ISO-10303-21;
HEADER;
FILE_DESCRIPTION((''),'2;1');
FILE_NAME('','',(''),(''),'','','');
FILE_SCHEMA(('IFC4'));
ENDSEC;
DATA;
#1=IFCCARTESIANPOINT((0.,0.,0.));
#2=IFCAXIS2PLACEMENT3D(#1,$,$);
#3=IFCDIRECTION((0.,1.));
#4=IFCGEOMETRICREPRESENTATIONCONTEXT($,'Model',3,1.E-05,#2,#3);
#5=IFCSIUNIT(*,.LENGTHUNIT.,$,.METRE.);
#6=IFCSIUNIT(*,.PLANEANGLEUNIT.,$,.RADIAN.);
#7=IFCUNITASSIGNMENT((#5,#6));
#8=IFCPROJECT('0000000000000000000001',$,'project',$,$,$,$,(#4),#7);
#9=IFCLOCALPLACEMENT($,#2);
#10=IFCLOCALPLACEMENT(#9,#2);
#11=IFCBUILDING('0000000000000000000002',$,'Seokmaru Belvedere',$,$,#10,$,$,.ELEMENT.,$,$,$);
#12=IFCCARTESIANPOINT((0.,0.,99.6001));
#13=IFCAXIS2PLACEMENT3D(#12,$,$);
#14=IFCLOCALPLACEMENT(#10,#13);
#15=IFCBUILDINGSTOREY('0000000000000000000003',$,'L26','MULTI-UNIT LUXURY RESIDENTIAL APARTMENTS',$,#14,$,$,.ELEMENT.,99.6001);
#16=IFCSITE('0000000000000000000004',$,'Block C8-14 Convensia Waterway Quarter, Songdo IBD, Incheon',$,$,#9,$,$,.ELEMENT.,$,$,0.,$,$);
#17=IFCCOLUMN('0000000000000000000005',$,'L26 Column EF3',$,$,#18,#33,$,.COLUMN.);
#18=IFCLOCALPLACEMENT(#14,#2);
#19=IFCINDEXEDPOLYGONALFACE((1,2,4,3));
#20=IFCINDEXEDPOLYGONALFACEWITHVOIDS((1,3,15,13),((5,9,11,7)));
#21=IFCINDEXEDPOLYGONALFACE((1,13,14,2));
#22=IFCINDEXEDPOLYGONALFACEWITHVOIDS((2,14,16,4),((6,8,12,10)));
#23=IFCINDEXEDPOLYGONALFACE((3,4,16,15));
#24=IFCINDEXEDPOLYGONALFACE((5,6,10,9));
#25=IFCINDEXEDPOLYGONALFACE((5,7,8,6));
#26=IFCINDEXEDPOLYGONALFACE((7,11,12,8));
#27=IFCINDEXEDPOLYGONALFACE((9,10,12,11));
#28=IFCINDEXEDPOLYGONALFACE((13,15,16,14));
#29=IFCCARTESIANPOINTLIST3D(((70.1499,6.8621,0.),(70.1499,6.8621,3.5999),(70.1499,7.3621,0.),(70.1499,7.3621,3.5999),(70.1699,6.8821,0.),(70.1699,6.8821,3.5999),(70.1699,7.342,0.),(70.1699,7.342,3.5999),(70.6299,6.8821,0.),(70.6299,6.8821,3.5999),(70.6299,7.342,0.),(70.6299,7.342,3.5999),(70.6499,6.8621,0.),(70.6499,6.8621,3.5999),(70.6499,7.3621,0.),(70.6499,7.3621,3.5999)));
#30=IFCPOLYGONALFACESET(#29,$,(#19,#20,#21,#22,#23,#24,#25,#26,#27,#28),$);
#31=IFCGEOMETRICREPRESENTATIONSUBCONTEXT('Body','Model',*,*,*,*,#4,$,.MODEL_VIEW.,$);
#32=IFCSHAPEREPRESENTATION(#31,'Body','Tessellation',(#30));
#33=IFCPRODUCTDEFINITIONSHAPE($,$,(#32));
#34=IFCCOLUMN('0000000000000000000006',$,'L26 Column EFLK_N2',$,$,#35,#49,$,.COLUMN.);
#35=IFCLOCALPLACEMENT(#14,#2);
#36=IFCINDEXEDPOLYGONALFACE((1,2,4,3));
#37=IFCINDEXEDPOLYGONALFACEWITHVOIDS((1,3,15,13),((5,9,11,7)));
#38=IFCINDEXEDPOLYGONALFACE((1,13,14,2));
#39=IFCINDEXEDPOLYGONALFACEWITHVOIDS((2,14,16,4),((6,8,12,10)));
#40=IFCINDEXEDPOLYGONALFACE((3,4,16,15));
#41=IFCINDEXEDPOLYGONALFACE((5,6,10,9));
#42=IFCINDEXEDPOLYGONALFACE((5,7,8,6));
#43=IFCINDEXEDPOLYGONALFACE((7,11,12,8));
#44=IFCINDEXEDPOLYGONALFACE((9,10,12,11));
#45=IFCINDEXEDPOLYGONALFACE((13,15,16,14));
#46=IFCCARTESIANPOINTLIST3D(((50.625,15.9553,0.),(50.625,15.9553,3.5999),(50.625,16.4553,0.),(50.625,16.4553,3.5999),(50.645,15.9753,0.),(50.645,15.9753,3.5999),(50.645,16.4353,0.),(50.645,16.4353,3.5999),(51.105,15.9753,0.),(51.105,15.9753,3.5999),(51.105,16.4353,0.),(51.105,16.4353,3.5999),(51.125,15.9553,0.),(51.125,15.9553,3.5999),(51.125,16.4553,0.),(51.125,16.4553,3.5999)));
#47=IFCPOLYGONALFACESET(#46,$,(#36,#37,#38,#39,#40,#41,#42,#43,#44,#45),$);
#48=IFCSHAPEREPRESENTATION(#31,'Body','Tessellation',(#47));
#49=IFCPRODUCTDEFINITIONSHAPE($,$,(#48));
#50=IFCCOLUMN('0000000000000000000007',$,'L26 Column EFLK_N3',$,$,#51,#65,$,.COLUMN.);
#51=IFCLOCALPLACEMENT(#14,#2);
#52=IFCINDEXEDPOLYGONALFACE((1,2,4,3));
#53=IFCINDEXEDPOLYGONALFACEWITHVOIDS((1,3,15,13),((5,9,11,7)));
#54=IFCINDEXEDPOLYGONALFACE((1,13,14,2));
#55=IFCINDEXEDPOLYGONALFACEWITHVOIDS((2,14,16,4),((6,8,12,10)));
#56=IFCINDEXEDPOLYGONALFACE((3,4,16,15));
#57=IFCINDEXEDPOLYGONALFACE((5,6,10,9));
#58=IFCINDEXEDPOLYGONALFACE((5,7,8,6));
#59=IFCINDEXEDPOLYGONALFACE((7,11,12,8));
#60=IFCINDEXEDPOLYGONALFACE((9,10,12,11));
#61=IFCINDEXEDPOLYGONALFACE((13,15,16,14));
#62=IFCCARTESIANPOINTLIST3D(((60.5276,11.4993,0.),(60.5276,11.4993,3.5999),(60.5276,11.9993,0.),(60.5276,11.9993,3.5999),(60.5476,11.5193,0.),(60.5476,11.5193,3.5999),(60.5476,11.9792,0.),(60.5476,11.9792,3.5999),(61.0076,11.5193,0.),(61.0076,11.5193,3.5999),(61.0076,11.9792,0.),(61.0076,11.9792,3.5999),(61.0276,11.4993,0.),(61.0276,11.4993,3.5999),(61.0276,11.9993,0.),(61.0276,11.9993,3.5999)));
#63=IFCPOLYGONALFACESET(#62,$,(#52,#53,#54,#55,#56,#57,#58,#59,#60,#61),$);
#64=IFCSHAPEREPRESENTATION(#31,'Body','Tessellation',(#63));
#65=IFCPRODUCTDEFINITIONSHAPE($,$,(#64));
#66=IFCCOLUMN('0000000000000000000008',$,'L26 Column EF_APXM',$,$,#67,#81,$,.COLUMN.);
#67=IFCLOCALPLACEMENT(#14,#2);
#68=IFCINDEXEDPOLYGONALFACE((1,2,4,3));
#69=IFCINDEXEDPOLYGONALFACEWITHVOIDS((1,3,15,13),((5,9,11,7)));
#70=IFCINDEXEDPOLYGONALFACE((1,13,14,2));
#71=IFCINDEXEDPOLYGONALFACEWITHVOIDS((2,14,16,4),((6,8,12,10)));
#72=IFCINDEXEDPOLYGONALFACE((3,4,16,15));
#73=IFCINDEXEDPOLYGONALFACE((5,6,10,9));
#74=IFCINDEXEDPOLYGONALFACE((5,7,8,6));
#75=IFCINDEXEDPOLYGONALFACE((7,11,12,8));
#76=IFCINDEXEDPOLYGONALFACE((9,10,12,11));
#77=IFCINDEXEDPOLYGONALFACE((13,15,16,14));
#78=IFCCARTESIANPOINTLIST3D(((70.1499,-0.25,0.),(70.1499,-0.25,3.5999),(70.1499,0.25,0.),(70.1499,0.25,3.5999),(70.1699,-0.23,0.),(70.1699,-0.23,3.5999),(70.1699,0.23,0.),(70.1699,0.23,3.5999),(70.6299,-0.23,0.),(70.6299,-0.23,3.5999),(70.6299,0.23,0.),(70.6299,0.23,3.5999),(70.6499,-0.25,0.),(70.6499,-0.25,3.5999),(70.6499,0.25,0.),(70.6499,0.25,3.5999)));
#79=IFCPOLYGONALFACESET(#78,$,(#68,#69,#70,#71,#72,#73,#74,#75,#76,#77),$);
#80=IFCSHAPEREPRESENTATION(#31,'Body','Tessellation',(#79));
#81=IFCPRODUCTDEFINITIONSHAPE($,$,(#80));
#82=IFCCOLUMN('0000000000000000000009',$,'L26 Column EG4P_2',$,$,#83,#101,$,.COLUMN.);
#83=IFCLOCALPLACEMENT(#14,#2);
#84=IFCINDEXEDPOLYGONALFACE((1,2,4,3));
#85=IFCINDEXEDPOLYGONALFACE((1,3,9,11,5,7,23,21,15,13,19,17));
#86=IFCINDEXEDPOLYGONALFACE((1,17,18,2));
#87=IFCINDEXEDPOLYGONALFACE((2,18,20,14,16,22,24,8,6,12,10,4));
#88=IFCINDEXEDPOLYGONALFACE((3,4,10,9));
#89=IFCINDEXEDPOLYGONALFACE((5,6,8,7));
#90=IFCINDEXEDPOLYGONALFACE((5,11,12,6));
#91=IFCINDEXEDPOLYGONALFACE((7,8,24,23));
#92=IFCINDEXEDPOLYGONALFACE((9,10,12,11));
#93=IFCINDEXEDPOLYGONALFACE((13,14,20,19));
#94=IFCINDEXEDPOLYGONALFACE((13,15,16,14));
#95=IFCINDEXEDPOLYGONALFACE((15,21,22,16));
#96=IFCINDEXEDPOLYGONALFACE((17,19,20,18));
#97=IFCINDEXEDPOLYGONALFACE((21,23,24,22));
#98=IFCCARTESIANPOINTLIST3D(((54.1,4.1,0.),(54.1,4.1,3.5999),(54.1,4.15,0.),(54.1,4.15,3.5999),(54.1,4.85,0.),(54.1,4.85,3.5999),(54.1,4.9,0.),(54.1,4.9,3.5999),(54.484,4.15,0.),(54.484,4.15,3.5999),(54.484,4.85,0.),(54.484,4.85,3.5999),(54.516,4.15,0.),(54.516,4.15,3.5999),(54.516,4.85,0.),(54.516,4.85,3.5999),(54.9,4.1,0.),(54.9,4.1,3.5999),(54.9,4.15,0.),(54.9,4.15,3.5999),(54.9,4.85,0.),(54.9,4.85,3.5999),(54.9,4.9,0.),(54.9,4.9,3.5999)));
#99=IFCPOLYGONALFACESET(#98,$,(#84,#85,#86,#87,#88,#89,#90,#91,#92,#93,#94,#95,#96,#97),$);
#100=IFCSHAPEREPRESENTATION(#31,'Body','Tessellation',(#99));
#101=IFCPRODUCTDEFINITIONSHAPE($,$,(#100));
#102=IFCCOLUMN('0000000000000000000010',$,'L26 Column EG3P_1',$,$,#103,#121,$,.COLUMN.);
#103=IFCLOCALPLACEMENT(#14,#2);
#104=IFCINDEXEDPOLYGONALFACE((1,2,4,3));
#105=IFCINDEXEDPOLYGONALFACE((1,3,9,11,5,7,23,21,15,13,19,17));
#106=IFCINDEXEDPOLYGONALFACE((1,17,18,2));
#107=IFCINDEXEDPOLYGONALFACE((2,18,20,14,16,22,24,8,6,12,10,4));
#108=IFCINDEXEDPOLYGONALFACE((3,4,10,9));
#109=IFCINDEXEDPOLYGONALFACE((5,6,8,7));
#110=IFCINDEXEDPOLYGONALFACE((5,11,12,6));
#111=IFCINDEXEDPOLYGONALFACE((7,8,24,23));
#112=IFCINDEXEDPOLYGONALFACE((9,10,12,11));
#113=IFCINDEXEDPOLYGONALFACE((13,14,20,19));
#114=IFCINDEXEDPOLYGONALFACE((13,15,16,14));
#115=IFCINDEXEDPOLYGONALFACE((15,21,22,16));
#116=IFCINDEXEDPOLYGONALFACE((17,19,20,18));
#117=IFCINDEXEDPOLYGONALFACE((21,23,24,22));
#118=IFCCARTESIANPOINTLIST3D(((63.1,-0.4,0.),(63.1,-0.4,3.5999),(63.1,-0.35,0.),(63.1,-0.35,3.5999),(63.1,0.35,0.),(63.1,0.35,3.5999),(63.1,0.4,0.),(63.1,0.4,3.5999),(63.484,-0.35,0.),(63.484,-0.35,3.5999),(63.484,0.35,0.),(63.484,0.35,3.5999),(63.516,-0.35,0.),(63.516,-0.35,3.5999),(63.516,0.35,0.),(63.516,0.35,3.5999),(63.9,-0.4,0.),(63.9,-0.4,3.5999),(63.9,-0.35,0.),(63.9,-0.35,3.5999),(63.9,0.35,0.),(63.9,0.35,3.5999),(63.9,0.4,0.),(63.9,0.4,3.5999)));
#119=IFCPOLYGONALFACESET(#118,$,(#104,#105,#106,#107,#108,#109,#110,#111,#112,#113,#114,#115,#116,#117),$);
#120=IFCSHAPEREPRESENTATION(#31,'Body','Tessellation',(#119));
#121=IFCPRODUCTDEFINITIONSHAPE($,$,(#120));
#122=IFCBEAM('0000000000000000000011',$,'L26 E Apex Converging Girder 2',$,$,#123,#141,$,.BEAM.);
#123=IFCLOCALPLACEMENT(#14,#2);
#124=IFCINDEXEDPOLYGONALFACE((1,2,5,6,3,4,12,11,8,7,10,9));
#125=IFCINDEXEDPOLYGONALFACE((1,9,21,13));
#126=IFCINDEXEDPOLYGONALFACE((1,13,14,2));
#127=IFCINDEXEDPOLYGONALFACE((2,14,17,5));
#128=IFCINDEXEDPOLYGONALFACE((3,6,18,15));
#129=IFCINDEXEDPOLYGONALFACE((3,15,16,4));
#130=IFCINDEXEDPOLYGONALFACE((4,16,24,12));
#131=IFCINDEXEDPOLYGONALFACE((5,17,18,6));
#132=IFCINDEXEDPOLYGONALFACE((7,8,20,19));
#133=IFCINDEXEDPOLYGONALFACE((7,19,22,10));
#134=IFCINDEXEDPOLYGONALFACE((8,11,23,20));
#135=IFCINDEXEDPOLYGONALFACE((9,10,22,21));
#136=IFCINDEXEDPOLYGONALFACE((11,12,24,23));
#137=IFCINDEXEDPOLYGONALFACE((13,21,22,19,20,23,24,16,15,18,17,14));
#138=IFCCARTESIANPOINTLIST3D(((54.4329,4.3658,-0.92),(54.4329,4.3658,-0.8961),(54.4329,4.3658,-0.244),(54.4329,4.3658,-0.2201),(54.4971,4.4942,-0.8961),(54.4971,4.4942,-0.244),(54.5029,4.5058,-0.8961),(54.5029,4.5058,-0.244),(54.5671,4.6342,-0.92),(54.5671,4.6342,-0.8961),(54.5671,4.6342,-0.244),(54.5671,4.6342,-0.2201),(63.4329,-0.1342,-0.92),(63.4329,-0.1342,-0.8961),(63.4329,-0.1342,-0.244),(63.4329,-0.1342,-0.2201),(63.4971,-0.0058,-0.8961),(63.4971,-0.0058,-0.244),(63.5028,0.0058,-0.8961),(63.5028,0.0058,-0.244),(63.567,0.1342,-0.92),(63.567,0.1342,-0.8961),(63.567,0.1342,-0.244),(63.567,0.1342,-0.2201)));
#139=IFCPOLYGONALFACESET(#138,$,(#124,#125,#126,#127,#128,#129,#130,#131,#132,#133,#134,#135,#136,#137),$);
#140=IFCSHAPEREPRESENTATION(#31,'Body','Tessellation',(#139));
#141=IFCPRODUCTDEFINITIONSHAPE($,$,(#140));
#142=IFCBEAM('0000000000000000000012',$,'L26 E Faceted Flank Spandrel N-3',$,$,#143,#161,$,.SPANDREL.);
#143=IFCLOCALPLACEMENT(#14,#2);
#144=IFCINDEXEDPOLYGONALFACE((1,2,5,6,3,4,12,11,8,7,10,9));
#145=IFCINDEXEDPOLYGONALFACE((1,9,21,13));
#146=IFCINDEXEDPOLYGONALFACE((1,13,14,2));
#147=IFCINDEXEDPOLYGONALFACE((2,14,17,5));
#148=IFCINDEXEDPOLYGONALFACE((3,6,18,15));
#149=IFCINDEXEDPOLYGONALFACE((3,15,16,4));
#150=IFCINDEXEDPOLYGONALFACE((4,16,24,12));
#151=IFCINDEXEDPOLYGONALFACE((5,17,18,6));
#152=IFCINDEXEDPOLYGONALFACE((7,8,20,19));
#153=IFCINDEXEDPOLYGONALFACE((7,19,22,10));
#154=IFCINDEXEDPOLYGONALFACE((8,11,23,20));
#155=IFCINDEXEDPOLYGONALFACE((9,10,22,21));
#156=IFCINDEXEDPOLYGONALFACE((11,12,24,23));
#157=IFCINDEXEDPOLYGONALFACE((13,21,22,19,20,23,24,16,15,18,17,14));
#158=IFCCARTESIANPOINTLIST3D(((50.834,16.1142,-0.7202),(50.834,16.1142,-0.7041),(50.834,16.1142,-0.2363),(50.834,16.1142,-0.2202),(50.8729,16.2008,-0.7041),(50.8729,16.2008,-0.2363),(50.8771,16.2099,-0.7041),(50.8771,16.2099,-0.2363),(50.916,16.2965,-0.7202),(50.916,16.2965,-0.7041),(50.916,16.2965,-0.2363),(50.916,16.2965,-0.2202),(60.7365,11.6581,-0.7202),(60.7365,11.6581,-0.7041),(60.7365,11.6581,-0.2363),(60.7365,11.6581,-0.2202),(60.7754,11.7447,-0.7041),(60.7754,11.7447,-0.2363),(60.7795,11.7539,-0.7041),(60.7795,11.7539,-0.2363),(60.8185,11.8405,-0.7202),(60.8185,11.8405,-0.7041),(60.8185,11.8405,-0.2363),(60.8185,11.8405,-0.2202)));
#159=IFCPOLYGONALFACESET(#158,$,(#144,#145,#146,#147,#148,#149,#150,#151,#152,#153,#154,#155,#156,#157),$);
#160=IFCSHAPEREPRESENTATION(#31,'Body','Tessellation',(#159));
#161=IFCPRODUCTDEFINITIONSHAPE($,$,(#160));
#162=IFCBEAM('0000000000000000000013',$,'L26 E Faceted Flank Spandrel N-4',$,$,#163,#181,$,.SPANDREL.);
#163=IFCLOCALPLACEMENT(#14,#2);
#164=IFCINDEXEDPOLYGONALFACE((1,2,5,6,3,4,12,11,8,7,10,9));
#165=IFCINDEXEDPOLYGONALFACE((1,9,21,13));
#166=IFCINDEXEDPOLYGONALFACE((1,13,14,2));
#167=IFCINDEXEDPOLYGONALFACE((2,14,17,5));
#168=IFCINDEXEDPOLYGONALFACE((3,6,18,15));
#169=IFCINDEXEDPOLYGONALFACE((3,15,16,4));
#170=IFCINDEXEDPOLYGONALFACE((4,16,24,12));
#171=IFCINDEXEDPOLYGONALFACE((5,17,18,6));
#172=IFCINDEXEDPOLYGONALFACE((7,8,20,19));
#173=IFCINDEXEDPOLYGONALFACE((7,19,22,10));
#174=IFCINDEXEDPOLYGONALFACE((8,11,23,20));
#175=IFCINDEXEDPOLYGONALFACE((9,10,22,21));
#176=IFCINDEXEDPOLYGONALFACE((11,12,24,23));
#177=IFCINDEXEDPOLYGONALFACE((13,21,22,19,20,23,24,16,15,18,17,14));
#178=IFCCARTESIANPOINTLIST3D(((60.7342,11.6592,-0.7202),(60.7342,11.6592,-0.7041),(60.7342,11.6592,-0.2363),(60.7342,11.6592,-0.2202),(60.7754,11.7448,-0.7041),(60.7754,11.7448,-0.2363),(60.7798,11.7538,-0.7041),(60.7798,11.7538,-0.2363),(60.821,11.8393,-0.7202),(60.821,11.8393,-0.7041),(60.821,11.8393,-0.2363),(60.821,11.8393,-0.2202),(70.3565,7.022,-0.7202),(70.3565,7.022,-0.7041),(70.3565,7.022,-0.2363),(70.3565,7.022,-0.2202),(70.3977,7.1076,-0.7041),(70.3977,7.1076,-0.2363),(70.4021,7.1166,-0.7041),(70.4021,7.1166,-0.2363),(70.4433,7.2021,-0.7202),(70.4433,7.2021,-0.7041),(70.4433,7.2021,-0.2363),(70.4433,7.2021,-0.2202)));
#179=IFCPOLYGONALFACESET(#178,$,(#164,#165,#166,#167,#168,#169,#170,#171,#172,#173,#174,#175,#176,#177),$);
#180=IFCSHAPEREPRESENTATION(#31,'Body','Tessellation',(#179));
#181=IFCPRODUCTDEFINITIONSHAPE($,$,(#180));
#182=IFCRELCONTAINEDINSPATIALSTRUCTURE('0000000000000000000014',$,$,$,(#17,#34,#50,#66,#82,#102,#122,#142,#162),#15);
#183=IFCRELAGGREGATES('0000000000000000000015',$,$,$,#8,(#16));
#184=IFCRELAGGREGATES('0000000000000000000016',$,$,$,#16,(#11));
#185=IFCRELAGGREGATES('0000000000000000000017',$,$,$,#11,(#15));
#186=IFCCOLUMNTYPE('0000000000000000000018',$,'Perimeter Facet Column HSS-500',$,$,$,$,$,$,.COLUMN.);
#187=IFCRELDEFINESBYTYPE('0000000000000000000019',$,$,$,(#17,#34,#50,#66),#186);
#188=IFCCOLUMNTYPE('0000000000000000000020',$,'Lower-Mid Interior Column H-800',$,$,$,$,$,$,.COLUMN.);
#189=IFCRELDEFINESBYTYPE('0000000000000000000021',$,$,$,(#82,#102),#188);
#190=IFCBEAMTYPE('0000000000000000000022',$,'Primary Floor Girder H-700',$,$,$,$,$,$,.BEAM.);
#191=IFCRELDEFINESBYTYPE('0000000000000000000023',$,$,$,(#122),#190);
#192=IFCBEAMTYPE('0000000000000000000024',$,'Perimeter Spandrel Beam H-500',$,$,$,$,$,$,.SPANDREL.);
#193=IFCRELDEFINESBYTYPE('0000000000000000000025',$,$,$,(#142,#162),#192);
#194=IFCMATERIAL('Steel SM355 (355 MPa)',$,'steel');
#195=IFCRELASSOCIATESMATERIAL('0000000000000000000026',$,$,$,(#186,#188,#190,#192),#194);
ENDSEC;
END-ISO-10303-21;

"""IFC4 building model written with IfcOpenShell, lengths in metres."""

from ifc_helpers import new_model, si_unit, direction, frame, origin, origin_2d, place, context, subcontext, project, spatial, hollow_rectangle, i_section, extrude, source, transform, mapped, material, material_profile, profile_set, type_object, type_shapes, element, save


model = new_model("IFC4")

# Units and contexts
model_context = context("Model", 3, precision=1e-05, world=origin(), true_north=direction((0.0, 1.0)))
body_context = subcontext(model_context, "Body", "Model", "MODEL_VIEW")
ifc_project = project(units=[si_unit("LENGTHUNIT", "METRE"), si_unit("PLANEANGLEUNIT", "RADIAN")], contexts=[model_context])

# Site, building, storey
site_placement = place(None, origin())
site = spatial("IfcSite", under=ifc_project, at=site_placement, Name="Block C8-14 Convensia Waterway Quarter, Songdo IBD, Incheon", CompositionType="ELEMENT", RefElevation=0.0)
building_placement = place(site_placement, origin())
building = spatial("IfcBuilding", under=site, at=building_placement, Name="Seokmaru Belvedere", CompositionType="ELEMENT")
storey_placement = place(building_placement, frame((0.0, 0.0, 99.6001)))
storey = spatial("IfcBuildingStorey", under=building, at=storey_placement, Name="L26", Description="MULTI-UNIT LUXURY RESIDENTIAL APARTMENTS", CompositionType="ELEMENT", Elevation=99.6001)

# Columns
ifc_material_1 = material(Name="Steel SM355 (355 MPa)", Category="steel")
ifc_material_profile_1 = material_profile(ifc_material_1, hollow_rectangle(XDim=0.5, YDim=0.5, WallThickness=0.02, at=origin_2d()), Name="HSS-500x500x20")
ifc_profile_set_1 = profile_set([ifc_material_profile_1], Name="Steel SM355 (355 MPa)")
column_type_1 = type_object("IfcColumnType", Name="Perimeter Facet Column HSS-500", PredefinedType="COLUMN", material=ifc_profile_set_1)
shared_shape_1 = source(origin(), body_context, "Body", "SweptSolid", [
    extrude(hollow_rectangle(XDim=0.5, YDim=0.5, WallThickness=0.02, at=origin_2d()), origin(), (0.0, 0.0, 1.0), 3.5999),
])
type_shapes(column_type_1, [shared_shape_1])
for number, where, z_axis, x_axis, name in (
    (1, (70.3999, 7.1121, 0.0), (0.0, 0.0, 1.0), (1.0, 0.0, 0.0), "L26 Column EF3"),
    (2, (50.875, 16.2053, 0.0), (0.0, 0.0, 1.0), (1.0, 0.0, 0.0), "L26 Column EFLK_N2"),
    (3, (60.7776, 11.7493, 0.0), (0.0, 0.0, 1.0), (1.0, 0.0, 0.0), "L26 Column EFLK_N3"),
    (4, (70.3999, 0.0, 0.0), (0.0, 0.0, 1.0), (1.0, 0.0, 0.0), "L26 Column EF_APXM"),
):
    element("IfcColumn", number, at=place(storey_placement, frame(where, z_axis=z_axis, x_axis=x_axis)), inside=storey, type_object=column_type_1, Name=name, PredefinedType="COLUMN", context=body_context, shape_type="MappedRepresentation", body=[
        mapped(shared_shape_1, transform((0.0, 0.0, 0.0), scale=1.0)),
    ])
ifc_material_profile_2 = material_profile(ifc_material_1, i_section(OverallWidth=0.8, OverallDepth=0.8, WebThickness=0.032, FlangeThickness=0.05, at=origin_2d()), Name="H-800x800x32x50")
ifc_profile_set_2 = profile_set([ifc_material_profile_2], Name="Steel SM355 (355 MPa)")
column_type_2 = type_object("IfcColumnType", Name="Lower-Mid Interior Column H-800", PredefinedType="COLUMN", material=ifc_profile_set_2)
shared_shape_2 = source(origin(), body_context, "Body", "SweptSolid", [
    extrude(i_section(OverallWidth=0.8, OverallDepth=0.8, WebThickness=0.032, FlangeThickness=0.05, at=origin_2d()), origin(), (0.0, 0.0, 1.0), 3.5999),
])
type_shapes(column_type_2, [shared_shape_2])
for number, where, z_axis, x_axis, name in (
    (5, (54.5, 4.5, 0.0), (0.0, 0.0, 1.0), (1.0, 0.0, 0.0), "L26 Column EG4P_2"),
    (6, (63.5, 0.0, 0.0), (0.0, 0.0, 1.0), (1.0, 0.0, 0.0), "L26 Column EG3P_1"),
):
    element("IfcColumn", number, at=place(storey_placement, frame(where, z_axis=z_axis, x_axis=x_axis)), inside=storey, type_object=column_type_2, Name=name, PredefinedType="COLUMN", context=body_context, shape_type="MappedRepresentation", body=[
        mapped(shared_shape_2, transform((0.0, 0.0, 0.0), scale=1.0)),
    ])

# Beams
ifc_material_profile_3 = material_profile(ifc_material_1, i_section(OverallWidth=0.3, OverallDepth=0.7, WebThickness=0.0129, FlangeThickness=0.0239, at=origin_2d()), Name="H-700x300x13x24")
ifc_profile_set_3 = profile_set([ifc_material_profile_3], Name="Steel SM355 (355 MPa)")
beam_type_1 = type_object("IfcBeamType", Name="Primary Floor Girder H-700", PredefinedType="BEAM", material=ifc_profile_set_3)
shared_shape_3 = source(origin(), body_context, "Body", "SweptSolid", [
    extrude(i_section(OverallWidth=0.3, OverallDepth=0.7, WebThickness=0.0129, FlangeThickness=0.0239, at=origin_2d()), origin(), (0.0, 0.0, 1.0), 10.0623),
])
beam_1_placement = place(storey_placement, frame((54.5, 4.5, -0.5701), z_axis=(0.894427, -0.447214, 0.0), x_axis=(0.447214, 0.894427, 0.0)))
element("IfcBeam", 7, at=beam_1_placement, inside=storey, type_object=beam_type_1, Name="L26 E Apex Converging Girder 2", PredefinedType="BEAM", context=body_context, shape_type="MappedRepresentation", body=[
    mapped(shared_shape_3, transform((0.0, 0.0, 0.0), scale=1.0)),
])
ifc_material_profile_4 = material_profile(ifc_material_1, i_section(OverallWidth=0.2, OverallDepth=0.5, WebThickness=0.01, FlangeThickness=0.0161, at=origin_2d()), Name="H-500x200x10x16")
ifc_profile_set_4 = profile_set([ifc_material_profile_4], Name="Steel SM355 (355 MPa)")
beam_type_2 = type_object("IfcBeamType", Name="Perimeter Spandrel Beam H-500", PredefinedType="SPANDREL", material=ifc_profile_set_4)
shared_shape_4 = source(origin(), body_context, "Body", "SweptSolid", [
    extrude(i_section(OverallWidth=0.2, OverallDepth=0.5, WebThickness=0.01, FlangeThickness=0.0161, at=origin_2d()), origin(), (0.0, 0.0, 1.0), 10.8589),
])
beam_2_placement = place(storey_placement, frame((50.875, 16.2053, -0.4702), z_axis=(0.911925, -0.410356, 0.0), x_axis=(0.410356, 0.911925, 0.0)))
element("IfcBeam", 8, at=beam_2_placement, inside=storey, type_object=beam_type_2, Name="L26 E Faceted Flank Spandrel N-3", PredefinedType="SPANDREL", context=body_context, shape_type="MappedRepresentation", body=[
    mapped(shared_shape_4, transform((0.0, 0.0, 0.0), scale=1.0)),
])
shared_shape_5 = source(origin(), body_context, "Body", "SweptSolid", [
    extrude(i_section(OverallWidth=0.2, OverallDepth=0.5, WebThickness=0.01, FlangeThickness=0.0161, at=origin_2d()), origin(), (0.0, 0.0, 1.0), 10.6814),
])
beam_3_placement = place(storey_placement, frame((60.7776, 11.7493, -0.4702), z_axis=(0.900846, -0.434138, 0.0), x_axis=(0.434138, 0.900846, 0.0)))
element("IfcBeam", 9, at=beam_3_placement, inside=storey, type_object=beam_type_2, Name="L26 E Faceted Flank Spandrel N-4", PredefinedType="SPANDREL", context=body_context, shape_type="MappedRepresentation", body=[
    mapped(shared_shape_5, transform((0.0, 0.0, 0.0), scale=1.0)),
])

save(model, "model.ifc")
